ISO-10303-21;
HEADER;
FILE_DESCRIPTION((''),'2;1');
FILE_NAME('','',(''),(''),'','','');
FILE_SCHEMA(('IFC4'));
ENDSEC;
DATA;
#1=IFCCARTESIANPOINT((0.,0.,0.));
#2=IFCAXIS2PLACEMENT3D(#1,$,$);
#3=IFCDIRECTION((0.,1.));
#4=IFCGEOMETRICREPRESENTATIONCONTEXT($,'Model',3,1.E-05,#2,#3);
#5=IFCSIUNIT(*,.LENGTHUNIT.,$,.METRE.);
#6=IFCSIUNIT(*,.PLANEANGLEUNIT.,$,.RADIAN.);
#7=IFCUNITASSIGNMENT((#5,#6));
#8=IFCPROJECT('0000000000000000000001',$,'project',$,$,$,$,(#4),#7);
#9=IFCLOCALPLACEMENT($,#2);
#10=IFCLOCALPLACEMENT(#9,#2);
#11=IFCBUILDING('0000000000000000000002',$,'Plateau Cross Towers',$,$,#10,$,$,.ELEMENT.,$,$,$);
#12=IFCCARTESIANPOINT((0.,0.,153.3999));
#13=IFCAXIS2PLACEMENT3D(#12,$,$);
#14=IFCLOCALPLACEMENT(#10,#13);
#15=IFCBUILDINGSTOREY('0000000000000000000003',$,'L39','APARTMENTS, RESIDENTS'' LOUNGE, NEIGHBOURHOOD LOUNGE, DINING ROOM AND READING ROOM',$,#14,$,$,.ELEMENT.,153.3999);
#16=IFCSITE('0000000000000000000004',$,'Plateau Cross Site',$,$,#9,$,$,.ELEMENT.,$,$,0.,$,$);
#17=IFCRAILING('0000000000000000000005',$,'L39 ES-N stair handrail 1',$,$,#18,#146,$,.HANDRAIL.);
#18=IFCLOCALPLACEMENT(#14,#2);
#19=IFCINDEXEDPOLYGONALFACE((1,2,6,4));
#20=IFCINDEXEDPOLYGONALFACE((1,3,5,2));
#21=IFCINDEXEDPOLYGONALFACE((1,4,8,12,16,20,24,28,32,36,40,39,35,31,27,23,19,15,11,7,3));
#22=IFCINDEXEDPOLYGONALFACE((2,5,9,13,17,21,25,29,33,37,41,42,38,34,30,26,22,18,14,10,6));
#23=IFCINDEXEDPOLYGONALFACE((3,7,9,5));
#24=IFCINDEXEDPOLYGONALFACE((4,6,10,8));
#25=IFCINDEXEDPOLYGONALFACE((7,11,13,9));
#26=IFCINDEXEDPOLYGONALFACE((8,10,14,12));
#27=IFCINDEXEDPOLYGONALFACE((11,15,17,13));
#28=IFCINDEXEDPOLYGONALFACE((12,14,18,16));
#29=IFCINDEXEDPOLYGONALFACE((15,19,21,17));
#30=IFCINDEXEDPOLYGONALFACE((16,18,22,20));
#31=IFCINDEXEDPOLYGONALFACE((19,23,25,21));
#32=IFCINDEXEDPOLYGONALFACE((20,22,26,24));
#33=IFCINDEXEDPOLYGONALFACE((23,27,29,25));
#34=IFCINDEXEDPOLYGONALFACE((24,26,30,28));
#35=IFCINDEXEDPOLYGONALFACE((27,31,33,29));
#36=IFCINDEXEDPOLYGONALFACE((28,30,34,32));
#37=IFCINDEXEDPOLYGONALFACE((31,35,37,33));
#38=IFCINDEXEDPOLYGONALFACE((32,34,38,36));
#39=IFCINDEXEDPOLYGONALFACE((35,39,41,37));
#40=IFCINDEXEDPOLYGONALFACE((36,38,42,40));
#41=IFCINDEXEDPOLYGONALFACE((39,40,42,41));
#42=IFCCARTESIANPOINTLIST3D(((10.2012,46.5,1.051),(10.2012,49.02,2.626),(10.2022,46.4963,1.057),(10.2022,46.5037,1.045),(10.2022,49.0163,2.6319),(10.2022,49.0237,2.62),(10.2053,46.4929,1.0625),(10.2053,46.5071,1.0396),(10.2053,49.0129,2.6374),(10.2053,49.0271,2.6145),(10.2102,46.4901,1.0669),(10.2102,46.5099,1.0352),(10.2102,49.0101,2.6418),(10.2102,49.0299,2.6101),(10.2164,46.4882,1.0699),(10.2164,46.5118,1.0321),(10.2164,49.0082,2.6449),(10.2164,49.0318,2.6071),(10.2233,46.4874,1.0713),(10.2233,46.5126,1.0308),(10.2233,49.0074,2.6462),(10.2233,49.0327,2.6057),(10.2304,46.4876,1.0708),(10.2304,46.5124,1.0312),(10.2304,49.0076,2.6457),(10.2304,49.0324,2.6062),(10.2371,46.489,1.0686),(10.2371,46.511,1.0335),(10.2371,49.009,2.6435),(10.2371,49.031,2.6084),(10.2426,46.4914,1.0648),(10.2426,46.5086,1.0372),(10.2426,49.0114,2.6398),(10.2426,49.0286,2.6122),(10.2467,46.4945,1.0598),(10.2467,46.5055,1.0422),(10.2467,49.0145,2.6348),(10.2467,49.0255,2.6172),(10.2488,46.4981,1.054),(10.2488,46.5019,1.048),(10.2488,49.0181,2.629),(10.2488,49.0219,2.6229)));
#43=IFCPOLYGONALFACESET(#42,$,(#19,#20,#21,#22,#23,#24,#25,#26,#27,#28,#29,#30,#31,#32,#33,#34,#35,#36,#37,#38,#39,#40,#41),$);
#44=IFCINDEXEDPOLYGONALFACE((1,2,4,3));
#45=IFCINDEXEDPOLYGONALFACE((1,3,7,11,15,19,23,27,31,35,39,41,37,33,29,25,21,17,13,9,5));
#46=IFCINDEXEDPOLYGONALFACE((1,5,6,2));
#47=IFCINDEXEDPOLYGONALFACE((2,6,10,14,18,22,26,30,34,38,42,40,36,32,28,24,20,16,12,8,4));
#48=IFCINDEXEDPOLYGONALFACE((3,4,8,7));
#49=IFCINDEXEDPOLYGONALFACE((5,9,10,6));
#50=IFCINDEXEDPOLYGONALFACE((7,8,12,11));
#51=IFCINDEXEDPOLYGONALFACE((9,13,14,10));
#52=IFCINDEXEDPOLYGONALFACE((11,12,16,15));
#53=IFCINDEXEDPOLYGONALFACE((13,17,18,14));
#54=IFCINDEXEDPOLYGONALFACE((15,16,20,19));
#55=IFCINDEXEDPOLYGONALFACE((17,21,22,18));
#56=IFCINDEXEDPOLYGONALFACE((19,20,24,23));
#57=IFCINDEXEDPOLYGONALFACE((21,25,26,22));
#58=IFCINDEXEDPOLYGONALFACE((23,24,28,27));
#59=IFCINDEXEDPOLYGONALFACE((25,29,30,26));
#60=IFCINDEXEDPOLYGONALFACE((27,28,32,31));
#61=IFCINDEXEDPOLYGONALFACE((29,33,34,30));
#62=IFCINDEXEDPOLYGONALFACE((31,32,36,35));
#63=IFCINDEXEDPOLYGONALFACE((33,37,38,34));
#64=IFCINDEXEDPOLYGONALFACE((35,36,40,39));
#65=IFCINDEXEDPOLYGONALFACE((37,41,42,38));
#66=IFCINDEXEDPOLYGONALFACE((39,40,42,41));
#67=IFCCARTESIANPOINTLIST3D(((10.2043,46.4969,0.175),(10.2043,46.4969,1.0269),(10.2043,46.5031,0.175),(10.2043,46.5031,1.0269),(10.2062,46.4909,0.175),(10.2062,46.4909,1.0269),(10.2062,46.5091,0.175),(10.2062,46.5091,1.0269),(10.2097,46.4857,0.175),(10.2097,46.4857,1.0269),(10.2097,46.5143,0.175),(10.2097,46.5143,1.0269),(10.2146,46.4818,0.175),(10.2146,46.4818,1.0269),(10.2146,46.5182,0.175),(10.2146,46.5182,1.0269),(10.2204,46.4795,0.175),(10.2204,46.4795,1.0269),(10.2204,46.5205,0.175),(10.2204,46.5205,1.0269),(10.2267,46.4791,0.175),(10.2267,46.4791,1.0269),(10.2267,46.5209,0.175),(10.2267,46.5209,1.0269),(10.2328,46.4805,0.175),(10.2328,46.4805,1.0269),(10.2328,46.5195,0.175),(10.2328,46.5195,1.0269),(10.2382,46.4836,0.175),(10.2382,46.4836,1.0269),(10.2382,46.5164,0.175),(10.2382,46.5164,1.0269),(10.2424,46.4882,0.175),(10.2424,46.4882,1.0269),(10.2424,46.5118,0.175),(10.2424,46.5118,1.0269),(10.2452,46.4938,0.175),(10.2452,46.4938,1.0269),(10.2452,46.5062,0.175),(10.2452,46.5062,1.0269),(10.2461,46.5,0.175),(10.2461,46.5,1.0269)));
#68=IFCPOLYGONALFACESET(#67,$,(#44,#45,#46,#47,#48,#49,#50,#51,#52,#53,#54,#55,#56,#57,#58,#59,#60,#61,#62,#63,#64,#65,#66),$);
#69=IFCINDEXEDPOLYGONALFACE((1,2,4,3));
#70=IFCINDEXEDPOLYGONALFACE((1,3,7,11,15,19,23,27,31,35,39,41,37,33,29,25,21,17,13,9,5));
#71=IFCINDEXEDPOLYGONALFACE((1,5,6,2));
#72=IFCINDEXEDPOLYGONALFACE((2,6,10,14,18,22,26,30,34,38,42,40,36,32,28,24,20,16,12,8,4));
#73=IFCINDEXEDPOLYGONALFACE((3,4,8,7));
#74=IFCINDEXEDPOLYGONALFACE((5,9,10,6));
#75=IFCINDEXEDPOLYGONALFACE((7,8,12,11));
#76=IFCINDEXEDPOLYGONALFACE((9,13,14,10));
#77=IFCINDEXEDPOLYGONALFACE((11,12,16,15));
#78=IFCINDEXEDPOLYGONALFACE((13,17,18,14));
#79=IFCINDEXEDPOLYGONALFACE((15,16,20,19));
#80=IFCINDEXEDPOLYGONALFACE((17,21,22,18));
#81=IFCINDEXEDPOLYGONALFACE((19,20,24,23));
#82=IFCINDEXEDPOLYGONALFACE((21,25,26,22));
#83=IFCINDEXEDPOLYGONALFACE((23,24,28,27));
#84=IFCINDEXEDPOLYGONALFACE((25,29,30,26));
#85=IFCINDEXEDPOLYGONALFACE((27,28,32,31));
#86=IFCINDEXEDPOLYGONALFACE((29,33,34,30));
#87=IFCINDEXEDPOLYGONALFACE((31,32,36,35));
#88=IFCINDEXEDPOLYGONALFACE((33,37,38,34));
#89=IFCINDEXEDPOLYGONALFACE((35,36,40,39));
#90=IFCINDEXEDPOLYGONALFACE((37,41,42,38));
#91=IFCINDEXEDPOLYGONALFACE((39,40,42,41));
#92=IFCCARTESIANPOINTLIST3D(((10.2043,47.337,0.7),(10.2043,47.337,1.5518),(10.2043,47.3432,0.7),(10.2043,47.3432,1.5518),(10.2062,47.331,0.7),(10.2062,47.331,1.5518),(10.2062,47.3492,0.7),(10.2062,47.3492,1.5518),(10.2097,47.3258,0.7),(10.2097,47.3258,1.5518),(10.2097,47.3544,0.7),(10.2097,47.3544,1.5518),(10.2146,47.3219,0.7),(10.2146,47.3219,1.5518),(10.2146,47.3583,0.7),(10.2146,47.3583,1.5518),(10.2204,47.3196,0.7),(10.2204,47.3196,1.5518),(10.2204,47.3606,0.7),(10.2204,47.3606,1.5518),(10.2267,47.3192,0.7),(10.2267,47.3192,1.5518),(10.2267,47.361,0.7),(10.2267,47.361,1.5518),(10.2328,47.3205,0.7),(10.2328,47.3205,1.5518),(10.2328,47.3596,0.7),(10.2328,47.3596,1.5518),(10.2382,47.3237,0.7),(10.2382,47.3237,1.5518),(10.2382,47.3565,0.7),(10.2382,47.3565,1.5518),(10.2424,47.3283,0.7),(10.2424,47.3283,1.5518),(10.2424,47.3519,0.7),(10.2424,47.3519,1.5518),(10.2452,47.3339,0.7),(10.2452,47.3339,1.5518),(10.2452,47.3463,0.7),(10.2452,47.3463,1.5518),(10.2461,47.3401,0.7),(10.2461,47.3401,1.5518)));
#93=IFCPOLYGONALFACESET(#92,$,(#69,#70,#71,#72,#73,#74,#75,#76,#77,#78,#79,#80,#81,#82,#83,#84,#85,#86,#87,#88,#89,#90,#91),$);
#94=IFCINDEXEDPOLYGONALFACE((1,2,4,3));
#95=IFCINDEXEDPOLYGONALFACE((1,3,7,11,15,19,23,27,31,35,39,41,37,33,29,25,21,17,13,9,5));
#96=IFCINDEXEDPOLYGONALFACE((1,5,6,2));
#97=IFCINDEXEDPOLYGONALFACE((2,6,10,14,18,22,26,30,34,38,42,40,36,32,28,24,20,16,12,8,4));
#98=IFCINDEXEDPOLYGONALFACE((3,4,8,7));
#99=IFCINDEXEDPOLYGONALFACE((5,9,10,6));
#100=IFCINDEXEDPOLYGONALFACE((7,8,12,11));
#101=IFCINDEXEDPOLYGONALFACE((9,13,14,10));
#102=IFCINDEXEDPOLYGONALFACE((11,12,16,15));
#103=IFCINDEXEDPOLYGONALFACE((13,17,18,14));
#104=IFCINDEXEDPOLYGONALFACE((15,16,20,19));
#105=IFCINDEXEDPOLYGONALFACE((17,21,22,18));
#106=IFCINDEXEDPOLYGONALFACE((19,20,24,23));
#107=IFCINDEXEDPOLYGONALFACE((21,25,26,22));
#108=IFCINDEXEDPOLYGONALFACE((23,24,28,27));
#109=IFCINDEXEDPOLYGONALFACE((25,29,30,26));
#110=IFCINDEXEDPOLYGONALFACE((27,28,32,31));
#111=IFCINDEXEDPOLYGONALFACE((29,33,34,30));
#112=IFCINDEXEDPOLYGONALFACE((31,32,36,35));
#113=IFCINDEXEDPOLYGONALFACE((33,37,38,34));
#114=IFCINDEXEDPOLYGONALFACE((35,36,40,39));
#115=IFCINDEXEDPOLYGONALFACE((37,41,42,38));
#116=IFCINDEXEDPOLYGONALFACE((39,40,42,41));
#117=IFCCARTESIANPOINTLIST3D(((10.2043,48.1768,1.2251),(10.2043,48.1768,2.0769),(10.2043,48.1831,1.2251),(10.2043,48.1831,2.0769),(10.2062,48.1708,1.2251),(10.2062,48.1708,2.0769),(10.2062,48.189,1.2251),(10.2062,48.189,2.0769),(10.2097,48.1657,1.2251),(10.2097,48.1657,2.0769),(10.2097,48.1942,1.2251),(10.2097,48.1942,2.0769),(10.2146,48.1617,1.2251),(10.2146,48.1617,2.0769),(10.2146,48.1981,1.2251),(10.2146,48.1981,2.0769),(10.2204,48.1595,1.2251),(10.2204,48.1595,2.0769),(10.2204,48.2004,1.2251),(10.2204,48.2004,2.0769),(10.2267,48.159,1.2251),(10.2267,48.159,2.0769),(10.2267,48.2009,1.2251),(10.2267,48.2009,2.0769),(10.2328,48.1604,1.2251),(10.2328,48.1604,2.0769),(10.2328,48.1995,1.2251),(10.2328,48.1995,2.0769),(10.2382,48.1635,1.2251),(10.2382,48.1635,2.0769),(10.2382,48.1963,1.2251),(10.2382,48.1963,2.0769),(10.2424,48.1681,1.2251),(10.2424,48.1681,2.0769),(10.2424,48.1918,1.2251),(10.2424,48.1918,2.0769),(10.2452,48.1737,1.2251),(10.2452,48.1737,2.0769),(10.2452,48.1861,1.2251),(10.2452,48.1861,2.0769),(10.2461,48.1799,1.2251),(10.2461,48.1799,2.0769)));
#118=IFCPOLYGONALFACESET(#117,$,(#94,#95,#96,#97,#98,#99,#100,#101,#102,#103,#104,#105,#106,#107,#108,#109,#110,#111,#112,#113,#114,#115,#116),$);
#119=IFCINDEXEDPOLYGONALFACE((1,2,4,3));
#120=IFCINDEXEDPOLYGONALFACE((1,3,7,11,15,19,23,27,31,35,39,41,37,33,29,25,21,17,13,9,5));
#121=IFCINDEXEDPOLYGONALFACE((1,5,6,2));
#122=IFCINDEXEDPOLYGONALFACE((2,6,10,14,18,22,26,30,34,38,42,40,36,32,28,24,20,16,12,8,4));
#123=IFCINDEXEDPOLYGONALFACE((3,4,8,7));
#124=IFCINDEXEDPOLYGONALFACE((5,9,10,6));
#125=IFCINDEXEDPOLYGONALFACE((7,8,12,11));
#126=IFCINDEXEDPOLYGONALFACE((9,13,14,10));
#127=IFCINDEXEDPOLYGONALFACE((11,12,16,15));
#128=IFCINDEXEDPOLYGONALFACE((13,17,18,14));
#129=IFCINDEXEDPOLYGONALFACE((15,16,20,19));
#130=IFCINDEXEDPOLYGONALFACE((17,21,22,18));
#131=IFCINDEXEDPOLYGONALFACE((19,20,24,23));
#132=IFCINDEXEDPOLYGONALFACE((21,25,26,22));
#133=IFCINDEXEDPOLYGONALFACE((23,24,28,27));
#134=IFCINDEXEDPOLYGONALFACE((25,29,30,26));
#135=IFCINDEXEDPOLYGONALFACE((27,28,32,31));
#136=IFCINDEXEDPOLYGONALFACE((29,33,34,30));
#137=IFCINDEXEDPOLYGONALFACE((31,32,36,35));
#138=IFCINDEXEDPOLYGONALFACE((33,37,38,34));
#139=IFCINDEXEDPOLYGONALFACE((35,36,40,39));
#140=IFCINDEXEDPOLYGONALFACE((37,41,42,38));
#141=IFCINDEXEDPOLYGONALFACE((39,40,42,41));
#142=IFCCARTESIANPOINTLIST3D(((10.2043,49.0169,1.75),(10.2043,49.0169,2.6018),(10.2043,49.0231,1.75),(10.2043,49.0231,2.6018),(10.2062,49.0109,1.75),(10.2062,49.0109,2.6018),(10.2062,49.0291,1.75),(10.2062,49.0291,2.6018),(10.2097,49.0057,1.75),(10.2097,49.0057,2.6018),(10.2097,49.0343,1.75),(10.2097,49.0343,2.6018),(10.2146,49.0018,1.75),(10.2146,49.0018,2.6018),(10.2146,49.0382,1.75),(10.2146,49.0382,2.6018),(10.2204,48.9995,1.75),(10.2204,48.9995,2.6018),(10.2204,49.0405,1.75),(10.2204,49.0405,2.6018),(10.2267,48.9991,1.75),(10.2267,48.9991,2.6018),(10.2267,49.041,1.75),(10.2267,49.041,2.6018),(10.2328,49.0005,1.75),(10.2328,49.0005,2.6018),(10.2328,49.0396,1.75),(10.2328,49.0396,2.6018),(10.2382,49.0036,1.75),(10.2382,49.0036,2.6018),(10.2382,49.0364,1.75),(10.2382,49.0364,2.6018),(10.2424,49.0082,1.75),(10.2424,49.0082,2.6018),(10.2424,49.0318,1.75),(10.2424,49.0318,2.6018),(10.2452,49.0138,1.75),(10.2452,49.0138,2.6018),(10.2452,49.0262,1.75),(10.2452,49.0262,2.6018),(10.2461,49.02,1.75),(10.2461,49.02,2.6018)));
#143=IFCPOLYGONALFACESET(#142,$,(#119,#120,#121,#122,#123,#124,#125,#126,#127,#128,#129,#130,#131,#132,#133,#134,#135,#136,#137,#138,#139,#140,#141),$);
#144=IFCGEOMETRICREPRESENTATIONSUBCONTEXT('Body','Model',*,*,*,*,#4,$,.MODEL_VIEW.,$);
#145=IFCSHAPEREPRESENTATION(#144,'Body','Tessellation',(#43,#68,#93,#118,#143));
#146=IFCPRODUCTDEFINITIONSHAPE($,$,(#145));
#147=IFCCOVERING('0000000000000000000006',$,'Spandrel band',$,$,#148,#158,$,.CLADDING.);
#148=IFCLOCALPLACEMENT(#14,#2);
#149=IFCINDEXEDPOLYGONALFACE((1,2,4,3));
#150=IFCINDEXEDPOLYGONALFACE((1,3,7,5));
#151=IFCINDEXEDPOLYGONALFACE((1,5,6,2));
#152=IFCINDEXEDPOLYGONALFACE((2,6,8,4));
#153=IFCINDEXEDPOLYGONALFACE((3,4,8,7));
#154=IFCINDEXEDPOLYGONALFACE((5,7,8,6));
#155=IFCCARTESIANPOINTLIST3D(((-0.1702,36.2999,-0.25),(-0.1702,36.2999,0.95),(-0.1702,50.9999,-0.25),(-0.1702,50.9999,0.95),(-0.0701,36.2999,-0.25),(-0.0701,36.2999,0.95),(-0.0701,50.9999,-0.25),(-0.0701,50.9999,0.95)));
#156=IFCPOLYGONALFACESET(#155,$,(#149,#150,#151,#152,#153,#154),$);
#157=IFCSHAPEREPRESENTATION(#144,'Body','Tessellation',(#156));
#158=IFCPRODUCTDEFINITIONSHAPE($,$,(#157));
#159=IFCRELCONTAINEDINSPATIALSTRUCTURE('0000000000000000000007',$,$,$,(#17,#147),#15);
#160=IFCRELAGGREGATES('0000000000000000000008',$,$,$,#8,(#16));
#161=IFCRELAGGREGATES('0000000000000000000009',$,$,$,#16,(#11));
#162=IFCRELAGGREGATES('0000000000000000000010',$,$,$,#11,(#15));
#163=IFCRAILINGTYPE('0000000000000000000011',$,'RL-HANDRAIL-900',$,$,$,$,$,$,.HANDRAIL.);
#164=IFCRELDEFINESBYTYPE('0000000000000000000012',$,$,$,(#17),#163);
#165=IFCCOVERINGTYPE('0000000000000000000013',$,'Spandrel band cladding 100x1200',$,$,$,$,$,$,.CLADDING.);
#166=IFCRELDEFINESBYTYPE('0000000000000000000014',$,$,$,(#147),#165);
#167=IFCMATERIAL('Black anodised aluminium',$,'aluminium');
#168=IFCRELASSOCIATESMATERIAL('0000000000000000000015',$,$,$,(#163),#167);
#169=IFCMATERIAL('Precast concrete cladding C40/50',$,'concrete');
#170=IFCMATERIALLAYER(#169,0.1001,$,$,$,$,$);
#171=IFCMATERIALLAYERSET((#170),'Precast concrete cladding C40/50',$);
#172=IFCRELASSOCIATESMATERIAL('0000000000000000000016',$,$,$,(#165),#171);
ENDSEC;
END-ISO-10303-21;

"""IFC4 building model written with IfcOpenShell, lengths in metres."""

from ifc_helpers import new_model, si_unit, direction, frame, origin, origin_2d, place, context, subcontext, project, spatial, rectangle, circle, extrude, material, layer, layer_set, type_object, element, save


model = new_model("IFC4")

# Units and contexts
model_context = context("Model", 3, precision=1e-05, world=origin(), true_north=direction((0.0, 1.0)))
body_context = subcontext(model_context, "Body", "Model", "MODEL_VIEW")
ifc_project = project(units=[si_unit("LENGTHUNIT", "METRE"), si_unit("PLANEANGLEUNIT", "RADIAN")], contexts=[model_context])

# Site, building, storey
site_placement = place(None, origin())
site = spatial("IfcSite", under=ifc_project, at=site_placement, Name="Plateau Cross Site", CompositionType="ELEMENT", RefElevation=0.0)
building_placement = place(site_placement, origin())
building = spatial("IfcBuilding", under=site, at=building_placement, Name="Plateau Cross Towers", CompositionType="ELEMENT")
storey_placement = place(building_placement, frame((0.0, 0.0, 153.3999)))
storey = spatial("IfcBuildingStorey", under=building, at=storey_placement, Name="L39", Description="APARTMENTS, RESIDENTS' LOUNGE, NEIGHBOURHOOD LOUNGE, DINING ROOM AND READING ROOM", CompositionType="ELEMENT", Elevation=153.3999)

# Shared definitions
ifc_material_1 = material(Name="Black anodised aluminium", Category="aluminium")

# Railing
railing_type_1 = type_object("IfcRailingType", Name="RL-HANDRAIL-900", PredefinedType="HANDRAIL", material=ifc_material_1)
railing_1_placement = place(storey_placement, frame((10.2251, 46.5, 0.175)))
element("IfcRailing", 1, at=railing_1_placement, inside=storey, type_object=railing_type_1, Name="L39 ES-N stair handrail 1", PredefinedType="HANDRAIL", context=body_context, shape_type="SweptSolid", body=[
    extrude(circle(Radius=0.0239, at=origin_2d()), frame((0.0, 0.0, 0.876), z_axis=(0.0, 0.848008, 0.529984), x_axis=(-1.0, 0.0, 0.0)), (0.0, 0.0, 1.0), 2.9717),
    extrude(circle(Radius=0.021, at=origin_2d()), origin(), (0.0, 0.0, 1.0), 0.8518),
    extrude(circle(Radius=0.021, at=origin_2d()), frame((0.0, 0.8401, 0.5249)), (0.0, 0.0, 1.0), 0.8518),
    extrude(circle(Radius=0.021, at=origin_2d()), frame((0.0, 1.6799, 1.05)), (0.0, 0.0, 1.0), 0.8518),
    extrude(circle(Radius=0.021, at=origin_2d()), frame((0.0, 2.52, 1.575)), (0.0, 0.0, 1.0), 0.8518),
])

# Covering
ifc_material_2 = material(Name="Precast concrete cladding C40/50", Category="concrete")
ifc_layer_1 = layer(ifc_material_2, 0.1001)
ifc_layer_set_1 = layer_set([ifc_layer_1], Name="Precast concrete cladding C40/50")
covering_type = type_object("IfcCoveringType", Name="Spandrel band cladding 100x1200", PredefinedType="CLADDING", material=ifc_layer_set_1)
covering_placement = place(storey_placement, frame((-0.1201, 43.6499, -0.25), z_axis=(0.0, 0.0, 1.0), x_axis=(0.0, -1.0, 0.0)))
element("IfcCovering", 2, at=covering_placement, inside=storey, type_object=covering_type, Name="Spandrel band", PredefinedType="CLADDING", context=body_context, shape_type="SweptSolid", body=[
    extrude(rectangle(XDim=14.7, YDim=0.1001, at=origin_2d()), origin(), (0.0, 0.0, 1.0), 1.2),
])

save(model, "model.ifc")
